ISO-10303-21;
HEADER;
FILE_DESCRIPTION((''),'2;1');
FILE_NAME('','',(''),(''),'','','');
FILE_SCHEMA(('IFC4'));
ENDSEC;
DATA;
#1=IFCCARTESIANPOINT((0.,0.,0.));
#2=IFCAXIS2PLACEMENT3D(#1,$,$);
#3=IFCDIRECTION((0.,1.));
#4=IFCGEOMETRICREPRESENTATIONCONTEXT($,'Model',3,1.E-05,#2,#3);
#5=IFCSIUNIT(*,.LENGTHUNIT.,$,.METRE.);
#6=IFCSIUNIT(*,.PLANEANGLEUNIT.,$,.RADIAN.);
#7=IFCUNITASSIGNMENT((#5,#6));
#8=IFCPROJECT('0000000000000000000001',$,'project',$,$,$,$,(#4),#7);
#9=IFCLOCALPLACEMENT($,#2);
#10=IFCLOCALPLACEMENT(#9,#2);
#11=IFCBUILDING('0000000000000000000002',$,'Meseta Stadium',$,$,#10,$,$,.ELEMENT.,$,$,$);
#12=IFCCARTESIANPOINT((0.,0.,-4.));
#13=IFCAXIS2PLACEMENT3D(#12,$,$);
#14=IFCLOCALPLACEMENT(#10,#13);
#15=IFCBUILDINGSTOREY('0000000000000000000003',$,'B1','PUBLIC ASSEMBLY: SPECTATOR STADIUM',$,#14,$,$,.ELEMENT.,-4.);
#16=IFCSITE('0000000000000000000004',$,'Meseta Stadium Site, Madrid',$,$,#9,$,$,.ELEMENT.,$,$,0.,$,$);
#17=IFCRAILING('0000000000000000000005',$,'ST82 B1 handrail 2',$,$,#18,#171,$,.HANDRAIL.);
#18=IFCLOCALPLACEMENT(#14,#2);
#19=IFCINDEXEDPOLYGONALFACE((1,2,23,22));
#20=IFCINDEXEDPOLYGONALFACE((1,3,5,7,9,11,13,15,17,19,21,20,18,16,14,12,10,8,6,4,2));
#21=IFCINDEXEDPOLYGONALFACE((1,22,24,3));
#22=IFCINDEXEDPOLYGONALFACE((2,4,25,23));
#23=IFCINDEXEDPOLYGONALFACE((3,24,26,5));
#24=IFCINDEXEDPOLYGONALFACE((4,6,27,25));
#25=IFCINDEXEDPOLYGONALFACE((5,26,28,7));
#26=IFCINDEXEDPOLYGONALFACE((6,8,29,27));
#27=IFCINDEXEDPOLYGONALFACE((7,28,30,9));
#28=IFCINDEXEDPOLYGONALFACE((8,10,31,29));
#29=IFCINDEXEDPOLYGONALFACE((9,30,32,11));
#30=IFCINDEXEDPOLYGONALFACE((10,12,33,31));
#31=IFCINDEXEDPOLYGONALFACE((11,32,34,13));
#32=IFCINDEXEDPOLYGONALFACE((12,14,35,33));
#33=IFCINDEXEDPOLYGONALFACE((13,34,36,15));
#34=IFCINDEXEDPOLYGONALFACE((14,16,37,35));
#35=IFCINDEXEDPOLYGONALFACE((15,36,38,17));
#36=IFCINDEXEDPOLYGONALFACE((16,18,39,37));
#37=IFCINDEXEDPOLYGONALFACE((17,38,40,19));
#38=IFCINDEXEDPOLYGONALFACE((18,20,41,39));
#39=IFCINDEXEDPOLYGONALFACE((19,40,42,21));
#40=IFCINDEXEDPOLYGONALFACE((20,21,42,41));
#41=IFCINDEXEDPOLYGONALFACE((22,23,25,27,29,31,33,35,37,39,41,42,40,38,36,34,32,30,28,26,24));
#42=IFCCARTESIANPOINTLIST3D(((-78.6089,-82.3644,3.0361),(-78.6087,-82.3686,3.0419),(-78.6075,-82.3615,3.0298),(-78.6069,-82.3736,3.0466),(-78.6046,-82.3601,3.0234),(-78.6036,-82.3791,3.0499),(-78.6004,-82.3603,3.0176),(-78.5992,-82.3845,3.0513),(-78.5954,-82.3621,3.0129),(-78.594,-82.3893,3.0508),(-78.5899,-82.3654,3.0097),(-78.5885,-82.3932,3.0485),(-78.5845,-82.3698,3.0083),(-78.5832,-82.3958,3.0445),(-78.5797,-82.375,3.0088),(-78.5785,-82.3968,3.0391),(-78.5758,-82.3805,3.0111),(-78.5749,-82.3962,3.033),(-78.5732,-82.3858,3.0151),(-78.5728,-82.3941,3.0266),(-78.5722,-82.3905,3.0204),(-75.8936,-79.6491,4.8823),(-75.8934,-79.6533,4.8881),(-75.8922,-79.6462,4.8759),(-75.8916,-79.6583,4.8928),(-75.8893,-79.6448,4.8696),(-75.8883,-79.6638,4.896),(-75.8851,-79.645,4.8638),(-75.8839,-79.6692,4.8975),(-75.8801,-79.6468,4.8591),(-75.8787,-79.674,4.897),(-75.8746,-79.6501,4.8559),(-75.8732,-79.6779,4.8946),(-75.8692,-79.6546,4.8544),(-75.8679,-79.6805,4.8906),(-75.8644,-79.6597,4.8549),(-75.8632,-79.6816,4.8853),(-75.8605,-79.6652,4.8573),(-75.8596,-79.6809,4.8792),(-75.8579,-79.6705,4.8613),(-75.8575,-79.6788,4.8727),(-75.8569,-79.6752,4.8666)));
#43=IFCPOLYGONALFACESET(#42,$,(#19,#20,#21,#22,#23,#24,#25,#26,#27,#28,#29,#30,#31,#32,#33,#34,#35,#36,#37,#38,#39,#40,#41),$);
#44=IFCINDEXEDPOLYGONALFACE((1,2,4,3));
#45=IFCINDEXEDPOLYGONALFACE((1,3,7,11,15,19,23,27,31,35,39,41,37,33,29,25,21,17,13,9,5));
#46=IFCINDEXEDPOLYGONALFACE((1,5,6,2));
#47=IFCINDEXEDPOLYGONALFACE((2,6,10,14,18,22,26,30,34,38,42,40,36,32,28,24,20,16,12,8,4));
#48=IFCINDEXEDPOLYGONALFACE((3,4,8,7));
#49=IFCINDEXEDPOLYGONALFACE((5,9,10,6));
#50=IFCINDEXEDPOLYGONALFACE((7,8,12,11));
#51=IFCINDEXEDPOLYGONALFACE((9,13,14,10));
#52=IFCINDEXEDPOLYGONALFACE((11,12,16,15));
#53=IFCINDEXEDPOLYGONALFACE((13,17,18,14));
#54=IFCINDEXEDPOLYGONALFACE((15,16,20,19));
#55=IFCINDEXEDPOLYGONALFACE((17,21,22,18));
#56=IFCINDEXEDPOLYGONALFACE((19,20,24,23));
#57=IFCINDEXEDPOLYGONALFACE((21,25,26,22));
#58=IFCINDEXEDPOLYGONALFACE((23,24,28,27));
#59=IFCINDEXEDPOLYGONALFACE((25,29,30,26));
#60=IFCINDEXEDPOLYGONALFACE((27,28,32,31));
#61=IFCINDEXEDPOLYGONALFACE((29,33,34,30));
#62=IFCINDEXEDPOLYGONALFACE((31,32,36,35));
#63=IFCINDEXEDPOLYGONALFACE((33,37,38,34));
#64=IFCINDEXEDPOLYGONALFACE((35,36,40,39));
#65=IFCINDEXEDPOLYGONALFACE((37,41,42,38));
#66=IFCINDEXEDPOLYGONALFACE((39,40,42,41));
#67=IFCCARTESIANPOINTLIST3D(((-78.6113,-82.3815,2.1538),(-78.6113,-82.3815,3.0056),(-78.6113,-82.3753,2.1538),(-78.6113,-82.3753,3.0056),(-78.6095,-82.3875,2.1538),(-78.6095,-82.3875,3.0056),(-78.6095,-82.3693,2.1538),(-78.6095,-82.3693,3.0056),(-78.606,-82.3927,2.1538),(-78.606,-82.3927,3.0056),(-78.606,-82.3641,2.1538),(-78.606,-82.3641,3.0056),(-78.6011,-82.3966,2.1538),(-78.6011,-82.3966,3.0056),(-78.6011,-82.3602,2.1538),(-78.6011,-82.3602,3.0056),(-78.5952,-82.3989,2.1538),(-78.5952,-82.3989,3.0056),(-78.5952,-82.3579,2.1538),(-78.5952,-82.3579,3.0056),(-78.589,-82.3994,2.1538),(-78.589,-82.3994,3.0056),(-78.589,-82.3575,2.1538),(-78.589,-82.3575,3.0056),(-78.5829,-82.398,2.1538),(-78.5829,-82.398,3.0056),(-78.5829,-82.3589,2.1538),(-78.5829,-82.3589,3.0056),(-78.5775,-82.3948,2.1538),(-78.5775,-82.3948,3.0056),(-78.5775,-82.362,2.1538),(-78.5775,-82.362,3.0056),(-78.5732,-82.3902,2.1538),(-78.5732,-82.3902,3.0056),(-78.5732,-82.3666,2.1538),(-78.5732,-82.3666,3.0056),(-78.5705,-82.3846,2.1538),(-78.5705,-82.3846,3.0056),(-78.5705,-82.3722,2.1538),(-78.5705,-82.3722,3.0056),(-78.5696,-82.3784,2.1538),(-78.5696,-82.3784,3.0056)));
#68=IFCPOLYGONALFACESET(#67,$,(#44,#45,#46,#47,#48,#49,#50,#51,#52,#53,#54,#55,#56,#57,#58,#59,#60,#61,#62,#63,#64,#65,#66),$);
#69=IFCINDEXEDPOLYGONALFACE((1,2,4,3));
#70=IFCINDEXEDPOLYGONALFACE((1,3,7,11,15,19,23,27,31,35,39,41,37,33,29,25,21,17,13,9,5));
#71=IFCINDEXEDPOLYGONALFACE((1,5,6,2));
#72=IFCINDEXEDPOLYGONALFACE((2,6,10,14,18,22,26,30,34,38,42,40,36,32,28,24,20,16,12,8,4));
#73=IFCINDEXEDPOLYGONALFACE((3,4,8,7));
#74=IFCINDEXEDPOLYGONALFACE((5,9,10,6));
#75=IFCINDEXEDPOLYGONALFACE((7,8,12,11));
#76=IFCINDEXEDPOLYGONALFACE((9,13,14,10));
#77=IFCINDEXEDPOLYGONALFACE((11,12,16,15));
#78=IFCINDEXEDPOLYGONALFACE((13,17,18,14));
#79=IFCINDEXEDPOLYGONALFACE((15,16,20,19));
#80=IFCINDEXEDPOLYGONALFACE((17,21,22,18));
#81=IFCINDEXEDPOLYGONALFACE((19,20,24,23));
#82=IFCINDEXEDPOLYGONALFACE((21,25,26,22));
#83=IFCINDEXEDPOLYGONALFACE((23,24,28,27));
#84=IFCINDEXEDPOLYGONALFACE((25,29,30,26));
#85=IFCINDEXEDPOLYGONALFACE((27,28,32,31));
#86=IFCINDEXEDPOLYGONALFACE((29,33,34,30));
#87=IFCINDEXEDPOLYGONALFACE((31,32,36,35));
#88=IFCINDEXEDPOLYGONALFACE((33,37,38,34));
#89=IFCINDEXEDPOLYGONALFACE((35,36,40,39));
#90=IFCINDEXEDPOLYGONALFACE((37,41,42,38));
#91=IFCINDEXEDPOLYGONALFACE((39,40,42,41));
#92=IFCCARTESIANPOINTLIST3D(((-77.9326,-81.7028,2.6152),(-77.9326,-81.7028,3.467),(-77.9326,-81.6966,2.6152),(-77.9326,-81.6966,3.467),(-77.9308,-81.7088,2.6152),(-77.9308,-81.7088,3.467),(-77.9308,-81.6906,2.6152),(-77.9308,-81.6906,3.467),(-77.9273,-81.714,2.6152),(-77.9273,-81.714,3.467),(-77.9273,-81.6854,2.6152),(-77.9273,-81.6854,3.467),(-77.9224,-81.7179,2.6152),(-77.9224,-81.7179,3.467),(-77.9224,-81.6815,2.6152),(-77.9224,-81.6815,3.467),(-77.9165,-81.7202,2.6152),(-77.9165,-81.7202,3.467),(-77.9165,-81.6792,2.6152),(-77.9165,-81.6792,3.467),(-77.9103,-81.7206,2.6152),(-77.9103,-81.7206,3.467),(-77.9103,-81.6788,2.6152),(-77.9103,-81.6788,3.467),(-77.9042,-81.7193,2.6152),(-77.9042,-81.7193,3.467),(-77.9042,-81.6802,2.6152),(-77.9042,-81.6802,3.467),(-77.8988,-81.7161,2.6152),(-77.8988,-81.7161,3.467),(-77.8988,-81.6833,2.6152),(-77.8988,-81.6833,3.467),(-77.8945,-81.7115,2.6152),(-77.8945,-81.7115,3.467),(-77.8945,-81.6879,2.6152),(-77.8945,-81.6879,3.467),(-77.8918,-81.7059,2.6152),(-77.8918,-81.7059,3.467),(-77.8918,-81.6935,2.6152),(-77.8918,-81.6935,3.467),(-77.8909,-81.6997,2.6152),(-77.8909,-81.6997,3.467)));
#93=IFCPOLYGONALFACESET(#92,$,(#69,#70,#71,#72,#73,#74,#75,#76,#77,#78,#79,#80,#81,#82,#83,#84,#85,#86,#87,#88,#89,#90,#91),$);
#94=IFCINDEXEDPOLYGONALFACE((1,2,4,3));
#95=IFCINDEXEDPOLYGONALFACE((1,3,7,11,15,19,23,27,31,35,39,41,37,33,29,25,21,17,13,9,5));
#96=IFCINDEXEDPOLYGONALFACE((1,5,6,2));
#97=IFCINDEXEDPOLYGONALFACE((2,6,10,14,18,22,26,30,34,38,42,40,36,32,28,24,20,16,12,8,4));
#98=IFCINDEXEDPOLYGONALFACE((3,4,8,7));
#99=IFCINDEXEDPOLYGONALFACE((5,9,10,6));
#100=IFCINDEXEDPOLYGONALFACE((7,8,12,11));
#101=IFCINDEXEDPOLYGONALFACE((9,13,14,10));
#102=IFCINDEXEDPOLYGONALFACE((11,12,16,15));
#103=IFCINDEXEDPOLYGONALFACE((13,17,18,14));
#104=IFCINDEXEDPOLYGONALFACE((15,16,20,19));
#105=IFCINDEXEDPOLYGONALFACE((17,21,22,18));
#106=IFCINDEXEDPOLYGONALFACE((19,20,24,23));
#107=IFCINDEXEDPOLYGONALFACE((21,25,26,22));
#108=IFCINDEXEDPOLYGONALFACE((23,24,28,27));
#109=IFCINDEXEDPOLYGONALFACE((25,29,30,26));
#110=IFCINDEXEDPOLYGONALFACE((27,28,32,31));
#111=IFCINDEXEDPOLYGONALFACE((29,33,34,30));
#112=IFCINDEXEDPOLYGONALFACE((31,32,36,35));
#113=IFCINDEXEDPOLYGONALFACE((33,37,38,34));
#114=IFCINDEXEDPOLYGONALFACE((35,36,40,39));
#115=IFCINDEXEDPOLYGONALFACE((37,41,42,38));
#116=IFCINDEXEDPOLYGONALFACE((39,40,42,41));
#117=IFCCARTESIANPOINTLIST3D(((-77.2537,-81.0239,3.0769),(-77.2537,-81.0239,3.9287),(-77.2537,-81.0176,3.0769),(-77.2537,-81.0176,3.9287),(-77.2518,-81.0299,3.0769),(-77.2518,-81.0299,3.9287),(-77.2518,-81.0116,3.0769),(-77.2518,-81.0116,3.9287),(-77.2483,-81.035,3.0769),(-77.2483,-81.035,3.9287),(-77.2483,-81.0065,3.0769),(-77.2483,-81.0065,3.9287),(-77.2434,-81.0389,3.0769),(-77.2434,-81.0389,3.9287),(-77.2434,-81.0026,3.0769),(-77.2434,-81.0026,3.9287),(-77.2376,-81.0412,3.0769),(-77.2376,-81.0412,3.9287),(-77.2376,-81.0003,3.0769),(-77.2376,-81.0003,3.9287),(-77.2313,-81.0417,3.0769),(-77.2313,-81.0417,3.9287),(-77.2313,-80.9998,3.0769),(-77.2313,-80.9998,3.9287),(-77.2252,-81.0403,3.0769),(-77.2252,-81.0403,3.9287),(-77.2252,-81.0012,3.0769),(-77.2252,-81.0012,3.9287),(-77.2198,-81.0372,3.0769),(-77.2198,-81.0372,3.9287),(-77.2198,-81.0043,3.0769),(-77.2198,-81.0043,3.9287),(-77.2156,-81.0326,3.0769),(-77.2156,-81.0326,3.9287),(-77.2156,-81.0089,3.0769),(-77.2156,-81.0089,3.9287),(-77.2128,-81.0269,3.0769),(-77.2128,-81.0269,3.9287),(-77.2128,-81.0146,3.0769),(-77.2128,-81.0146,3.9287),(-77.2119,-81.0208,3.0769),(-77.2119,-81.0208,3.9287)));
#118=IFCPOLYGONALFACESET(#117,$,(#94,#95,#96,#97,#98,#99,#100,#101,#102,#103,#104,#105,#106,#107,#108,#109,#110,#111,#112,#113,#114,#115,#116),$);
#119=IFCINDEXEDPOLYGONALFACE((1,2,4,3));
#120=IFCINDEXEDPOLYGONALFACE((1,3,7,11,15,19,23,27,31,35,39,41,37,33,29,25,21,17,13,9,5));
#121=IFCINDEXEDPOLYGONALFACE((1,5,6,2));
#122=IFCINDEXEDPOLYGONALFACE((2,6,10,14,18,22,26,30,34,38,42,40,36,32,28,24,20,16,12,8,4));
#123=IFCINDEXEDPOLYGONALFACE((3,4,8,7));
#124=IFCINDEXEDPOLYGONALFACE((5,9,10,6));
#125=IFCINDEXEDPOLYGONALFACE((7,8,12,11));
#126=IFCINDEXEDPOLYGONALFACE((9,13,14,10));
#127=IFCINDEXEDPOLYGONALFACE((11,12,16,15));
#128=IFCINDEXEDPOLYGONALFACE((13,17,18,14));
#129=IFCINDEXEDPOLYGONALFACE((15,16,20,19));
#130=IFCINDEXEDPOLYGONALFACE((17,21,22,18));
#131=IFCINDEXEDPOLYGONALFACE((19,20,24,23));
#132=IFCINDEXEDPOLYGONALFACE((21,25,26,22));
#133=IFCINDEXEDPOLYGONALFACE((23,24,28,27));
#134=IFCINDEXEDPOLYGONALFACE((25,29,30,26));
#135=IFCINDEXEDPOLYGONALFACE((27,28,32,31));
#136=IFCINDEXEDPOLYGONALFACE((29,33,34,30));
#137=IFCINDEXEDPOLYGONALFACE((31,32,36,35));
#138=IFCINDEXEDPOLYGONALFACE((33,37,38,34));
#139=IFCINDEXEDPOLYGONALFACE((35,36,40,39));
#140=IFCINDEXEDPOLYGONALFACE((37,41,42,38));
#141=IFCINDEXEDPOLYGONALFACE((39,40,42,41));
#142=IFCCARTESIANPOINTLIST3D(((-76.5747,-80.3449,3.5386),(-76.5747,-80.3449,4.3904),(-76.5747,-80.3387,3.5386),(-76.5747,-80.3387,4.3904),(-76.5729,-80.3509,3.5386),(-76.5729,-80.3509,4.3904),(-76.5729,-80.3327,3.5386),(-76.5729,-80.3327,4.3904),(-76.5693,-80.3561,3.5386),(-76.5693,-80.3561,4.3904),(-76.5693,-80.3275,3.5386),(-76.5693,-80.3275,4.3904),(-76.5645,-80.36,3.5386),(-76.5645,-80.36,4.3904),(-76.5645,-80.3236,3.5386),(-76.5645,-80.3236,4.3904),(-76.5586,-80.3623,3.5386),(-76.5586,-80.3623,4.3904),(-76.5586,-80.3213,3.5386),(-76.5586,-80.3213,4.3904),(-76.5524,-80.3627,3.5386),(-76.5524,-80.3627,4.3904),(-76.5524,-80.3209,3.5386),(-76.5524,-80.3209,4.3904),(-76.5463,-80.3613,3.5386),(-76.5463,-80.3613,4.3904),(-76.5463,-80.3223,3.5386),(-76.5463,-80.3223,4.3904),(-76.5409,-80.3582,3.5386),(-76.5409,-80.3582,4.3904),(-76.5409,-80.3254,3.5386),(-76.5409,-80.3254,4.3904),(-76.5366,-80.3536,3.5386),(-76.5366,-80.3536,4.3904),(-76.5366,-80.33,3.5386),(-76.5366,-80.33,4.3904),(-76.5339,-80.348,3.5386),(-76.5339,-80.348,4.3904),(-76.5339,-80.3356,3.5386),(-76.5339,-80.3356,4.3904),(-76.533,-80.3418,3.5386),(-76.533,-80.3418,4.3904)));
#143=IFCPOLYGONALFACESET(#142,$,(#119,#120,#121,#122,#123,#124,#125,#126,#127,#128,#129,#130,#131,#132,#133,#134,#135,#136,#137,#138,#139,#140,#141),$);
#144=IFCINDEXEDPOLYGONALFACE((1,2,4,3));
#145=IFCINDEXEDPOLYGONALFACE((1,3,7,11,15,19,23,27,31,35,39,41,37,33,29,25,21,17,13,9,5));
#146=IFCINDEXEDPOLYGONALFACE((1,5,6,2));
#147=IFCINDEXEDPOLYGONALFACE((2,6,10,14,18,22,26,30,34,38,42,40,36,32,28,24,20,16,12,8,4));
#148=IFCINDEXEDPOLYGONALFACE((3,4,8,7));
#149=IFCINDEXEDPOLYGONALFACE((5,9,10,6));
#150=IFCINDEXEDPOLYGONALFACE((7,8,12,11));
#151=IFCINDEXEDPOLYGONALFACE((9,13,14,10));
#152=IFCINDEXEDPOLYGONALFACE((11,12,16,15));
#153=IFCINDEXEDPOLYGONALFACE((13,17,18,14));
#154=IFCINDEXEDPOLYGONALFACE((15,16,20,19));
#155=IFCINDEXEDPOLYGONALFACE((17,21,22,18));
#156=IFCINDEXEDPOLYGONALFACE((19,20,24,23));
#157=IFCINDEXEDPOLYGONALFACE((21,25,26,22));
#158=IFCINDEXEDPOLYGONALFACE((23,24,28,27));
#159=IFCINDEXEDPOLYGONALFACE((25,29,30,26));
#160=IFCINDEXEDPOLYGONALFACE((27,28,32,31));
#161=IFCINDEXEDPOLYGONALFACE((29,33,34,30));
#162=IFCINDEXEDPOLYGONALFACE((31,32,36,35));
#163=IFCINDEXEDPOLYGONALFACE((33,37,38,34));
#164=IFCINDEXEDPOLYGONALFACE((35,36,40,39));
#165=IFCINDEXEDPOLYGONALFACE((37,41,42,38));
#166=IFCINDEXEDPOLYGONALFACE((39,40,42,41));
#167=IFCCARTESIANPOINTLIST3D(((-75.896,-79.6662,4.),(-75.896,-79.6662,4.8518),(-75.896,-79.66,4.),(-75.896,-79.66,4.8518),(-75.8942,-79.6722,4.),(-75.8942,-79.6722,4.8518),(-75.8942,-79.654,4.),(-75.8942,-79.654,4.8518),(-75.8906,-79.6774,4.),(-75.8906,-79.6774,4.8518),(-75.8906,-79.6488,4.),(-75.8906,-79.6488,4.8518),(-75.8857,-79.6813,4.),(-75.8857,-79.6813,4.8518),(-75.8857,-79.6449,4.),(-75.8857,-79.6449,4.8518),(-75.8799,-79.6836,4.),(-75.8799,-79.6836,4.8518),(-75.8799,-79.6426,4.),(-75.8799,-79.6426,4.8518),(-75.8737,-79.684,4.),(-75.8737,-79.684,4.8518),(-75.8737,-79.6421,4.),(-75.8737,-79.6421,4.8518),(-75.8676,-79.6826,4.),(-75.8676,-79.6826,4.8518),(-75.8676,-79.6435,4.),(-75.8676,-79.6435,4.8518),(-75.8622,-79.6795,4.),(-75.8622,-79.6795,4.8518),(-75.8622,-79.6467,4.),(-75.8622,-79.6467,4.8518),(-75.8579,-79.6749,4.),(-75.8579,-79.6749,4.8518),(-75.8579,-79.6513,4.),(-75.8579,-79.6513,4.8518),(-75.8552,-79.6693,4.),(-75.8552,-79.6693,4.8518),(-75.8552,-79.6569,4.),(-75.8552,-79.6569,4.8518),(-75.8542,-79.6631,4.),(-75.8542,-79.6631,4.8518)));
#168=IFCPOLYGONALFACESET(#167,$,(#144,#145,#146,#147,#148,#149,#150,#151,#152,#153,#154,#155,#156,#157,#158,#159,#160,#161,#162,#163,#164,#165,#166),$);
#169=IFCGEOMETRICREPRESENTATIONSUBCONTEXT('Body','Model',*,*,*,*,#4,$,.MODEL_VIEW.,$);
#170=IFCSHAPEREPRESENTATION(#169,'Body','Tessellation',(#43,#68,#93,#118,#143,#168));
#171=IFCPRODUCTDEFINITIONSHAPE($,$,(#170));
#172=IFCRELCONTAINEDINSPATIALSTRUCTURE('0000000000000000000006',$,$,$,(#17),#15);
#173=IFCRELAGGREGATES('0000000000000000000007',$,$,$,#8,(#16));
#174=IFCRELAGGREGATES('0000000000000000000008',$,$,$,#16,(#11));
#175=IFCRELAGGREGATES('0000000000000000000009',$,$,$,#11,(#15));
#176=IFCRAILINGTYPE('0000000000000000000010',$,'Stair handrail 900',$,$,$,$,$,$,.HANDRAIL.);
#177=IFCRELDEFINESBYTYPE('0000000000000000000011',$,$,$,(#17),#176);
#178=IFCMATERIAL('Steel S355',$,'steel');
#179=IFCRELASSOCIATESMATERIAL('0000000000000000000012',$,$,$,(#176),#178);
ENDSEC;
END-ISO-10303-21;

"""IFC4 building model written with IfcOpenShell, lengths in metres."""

from ifc_helpers import new_model, si_unit, direction, frame, origin, origin_2d, place, context, subcontext, project, spatial, circle, extrude, material, type_object, element, save


model = new_model("IFC4")

# Units and contexts
model_context = context("Model", 3, precision=1e-05, world=origin(), true_north=direction((0.0, 1.0)))
body_context = subcontext(model_context, "Body", "Model", "MODEL_VIEW")
ifc_project = project(units=[si_unit("LENGTHUNIT", "METRE"), si_unit("PLANEANGLEUNIT", "RADIAN")], contexts=[model_context])

# Site, building, storey
site_placement = place(None, origin())
site = spatial("IfcSite", under=ifc_project, at=site_placement, Name="Meseta Stadium Site, Madrid", CompositionType="ELEMENT", RefElevation=0.0)
building_placement = place(site_placement, origin())
building = spatial("IfcBuilding", under=site, at=building_placement, Name="Meseta Stadium", CompositionType="ELEMENT")
storey_placement = place(building_placement, frame((0.0, 0.0, -4.0)))
storey = spatial("IfcBuildingStorey", under=building, at=storey_placement, Name="B1", Description="PUBLIC ASSEMBLY: SPECTATOR STADIUM", CompositionType="ELEMENT", Elevation=-4.0)

# Railing
ifc_material_1 = material(Name="Steel S355", Category="steel")
railing_type_1 = type_object("IfcRailingType", Name="Stair handrail 900", PredefinedType="HANDRAIL", material=ifc_material_1)
railing_1_placement = place(storey_placement, frame((-78.5906, -82.3784, 2.1538)))
element("IfcRailing", 1, at=railing_1_placement, inside=storey, type_object=railing_type_1, Name="ST82 B1 handrail 2", PredefinedType="HANDRAIL", context=body_context, shape_type="SweptSolid", body=[
    extrude(circle(Radius=0.0239, at=origin_2d()), frame((0.0, 0.0, 0.876), z_axis=(0.637281, 0.637281, 0.433296), x_axis=(-0.707107, 0.707107, 0.0)), (0.0, 0.0, 1.0), 4.2607),
    extrude(circle(Radius=0.021, at=origin_2d()), origin(), (0.0, 0.0, 1.0), 0.8518),
    extrude(circle(Radius=0.021, at=origin_2d()), frame((0.6787, 0.6787, 0.4614)), (0.0, 0.0, 1.0), 0.8518),
    extrude(circle(Radius=0.021, at=origin_2d()), frame((1.3577, 1.3577, 0.9231)), (0.0, 0.0, 1.0), 0.8518),
    extrude(circle(Radius=0.021, at=origin_2d()), frame((2.0366, 2.0366, 1.3848)), (0.0, 0.0, 1.0), 0.8518),
    extrude(circle(Radius=0.021, at=origin_2d()), frame((2.7153, 2.7153, 1.8462)), (0.0, 0.0, 1.0), 0.8518),
])

save(model, "model.ifc")
